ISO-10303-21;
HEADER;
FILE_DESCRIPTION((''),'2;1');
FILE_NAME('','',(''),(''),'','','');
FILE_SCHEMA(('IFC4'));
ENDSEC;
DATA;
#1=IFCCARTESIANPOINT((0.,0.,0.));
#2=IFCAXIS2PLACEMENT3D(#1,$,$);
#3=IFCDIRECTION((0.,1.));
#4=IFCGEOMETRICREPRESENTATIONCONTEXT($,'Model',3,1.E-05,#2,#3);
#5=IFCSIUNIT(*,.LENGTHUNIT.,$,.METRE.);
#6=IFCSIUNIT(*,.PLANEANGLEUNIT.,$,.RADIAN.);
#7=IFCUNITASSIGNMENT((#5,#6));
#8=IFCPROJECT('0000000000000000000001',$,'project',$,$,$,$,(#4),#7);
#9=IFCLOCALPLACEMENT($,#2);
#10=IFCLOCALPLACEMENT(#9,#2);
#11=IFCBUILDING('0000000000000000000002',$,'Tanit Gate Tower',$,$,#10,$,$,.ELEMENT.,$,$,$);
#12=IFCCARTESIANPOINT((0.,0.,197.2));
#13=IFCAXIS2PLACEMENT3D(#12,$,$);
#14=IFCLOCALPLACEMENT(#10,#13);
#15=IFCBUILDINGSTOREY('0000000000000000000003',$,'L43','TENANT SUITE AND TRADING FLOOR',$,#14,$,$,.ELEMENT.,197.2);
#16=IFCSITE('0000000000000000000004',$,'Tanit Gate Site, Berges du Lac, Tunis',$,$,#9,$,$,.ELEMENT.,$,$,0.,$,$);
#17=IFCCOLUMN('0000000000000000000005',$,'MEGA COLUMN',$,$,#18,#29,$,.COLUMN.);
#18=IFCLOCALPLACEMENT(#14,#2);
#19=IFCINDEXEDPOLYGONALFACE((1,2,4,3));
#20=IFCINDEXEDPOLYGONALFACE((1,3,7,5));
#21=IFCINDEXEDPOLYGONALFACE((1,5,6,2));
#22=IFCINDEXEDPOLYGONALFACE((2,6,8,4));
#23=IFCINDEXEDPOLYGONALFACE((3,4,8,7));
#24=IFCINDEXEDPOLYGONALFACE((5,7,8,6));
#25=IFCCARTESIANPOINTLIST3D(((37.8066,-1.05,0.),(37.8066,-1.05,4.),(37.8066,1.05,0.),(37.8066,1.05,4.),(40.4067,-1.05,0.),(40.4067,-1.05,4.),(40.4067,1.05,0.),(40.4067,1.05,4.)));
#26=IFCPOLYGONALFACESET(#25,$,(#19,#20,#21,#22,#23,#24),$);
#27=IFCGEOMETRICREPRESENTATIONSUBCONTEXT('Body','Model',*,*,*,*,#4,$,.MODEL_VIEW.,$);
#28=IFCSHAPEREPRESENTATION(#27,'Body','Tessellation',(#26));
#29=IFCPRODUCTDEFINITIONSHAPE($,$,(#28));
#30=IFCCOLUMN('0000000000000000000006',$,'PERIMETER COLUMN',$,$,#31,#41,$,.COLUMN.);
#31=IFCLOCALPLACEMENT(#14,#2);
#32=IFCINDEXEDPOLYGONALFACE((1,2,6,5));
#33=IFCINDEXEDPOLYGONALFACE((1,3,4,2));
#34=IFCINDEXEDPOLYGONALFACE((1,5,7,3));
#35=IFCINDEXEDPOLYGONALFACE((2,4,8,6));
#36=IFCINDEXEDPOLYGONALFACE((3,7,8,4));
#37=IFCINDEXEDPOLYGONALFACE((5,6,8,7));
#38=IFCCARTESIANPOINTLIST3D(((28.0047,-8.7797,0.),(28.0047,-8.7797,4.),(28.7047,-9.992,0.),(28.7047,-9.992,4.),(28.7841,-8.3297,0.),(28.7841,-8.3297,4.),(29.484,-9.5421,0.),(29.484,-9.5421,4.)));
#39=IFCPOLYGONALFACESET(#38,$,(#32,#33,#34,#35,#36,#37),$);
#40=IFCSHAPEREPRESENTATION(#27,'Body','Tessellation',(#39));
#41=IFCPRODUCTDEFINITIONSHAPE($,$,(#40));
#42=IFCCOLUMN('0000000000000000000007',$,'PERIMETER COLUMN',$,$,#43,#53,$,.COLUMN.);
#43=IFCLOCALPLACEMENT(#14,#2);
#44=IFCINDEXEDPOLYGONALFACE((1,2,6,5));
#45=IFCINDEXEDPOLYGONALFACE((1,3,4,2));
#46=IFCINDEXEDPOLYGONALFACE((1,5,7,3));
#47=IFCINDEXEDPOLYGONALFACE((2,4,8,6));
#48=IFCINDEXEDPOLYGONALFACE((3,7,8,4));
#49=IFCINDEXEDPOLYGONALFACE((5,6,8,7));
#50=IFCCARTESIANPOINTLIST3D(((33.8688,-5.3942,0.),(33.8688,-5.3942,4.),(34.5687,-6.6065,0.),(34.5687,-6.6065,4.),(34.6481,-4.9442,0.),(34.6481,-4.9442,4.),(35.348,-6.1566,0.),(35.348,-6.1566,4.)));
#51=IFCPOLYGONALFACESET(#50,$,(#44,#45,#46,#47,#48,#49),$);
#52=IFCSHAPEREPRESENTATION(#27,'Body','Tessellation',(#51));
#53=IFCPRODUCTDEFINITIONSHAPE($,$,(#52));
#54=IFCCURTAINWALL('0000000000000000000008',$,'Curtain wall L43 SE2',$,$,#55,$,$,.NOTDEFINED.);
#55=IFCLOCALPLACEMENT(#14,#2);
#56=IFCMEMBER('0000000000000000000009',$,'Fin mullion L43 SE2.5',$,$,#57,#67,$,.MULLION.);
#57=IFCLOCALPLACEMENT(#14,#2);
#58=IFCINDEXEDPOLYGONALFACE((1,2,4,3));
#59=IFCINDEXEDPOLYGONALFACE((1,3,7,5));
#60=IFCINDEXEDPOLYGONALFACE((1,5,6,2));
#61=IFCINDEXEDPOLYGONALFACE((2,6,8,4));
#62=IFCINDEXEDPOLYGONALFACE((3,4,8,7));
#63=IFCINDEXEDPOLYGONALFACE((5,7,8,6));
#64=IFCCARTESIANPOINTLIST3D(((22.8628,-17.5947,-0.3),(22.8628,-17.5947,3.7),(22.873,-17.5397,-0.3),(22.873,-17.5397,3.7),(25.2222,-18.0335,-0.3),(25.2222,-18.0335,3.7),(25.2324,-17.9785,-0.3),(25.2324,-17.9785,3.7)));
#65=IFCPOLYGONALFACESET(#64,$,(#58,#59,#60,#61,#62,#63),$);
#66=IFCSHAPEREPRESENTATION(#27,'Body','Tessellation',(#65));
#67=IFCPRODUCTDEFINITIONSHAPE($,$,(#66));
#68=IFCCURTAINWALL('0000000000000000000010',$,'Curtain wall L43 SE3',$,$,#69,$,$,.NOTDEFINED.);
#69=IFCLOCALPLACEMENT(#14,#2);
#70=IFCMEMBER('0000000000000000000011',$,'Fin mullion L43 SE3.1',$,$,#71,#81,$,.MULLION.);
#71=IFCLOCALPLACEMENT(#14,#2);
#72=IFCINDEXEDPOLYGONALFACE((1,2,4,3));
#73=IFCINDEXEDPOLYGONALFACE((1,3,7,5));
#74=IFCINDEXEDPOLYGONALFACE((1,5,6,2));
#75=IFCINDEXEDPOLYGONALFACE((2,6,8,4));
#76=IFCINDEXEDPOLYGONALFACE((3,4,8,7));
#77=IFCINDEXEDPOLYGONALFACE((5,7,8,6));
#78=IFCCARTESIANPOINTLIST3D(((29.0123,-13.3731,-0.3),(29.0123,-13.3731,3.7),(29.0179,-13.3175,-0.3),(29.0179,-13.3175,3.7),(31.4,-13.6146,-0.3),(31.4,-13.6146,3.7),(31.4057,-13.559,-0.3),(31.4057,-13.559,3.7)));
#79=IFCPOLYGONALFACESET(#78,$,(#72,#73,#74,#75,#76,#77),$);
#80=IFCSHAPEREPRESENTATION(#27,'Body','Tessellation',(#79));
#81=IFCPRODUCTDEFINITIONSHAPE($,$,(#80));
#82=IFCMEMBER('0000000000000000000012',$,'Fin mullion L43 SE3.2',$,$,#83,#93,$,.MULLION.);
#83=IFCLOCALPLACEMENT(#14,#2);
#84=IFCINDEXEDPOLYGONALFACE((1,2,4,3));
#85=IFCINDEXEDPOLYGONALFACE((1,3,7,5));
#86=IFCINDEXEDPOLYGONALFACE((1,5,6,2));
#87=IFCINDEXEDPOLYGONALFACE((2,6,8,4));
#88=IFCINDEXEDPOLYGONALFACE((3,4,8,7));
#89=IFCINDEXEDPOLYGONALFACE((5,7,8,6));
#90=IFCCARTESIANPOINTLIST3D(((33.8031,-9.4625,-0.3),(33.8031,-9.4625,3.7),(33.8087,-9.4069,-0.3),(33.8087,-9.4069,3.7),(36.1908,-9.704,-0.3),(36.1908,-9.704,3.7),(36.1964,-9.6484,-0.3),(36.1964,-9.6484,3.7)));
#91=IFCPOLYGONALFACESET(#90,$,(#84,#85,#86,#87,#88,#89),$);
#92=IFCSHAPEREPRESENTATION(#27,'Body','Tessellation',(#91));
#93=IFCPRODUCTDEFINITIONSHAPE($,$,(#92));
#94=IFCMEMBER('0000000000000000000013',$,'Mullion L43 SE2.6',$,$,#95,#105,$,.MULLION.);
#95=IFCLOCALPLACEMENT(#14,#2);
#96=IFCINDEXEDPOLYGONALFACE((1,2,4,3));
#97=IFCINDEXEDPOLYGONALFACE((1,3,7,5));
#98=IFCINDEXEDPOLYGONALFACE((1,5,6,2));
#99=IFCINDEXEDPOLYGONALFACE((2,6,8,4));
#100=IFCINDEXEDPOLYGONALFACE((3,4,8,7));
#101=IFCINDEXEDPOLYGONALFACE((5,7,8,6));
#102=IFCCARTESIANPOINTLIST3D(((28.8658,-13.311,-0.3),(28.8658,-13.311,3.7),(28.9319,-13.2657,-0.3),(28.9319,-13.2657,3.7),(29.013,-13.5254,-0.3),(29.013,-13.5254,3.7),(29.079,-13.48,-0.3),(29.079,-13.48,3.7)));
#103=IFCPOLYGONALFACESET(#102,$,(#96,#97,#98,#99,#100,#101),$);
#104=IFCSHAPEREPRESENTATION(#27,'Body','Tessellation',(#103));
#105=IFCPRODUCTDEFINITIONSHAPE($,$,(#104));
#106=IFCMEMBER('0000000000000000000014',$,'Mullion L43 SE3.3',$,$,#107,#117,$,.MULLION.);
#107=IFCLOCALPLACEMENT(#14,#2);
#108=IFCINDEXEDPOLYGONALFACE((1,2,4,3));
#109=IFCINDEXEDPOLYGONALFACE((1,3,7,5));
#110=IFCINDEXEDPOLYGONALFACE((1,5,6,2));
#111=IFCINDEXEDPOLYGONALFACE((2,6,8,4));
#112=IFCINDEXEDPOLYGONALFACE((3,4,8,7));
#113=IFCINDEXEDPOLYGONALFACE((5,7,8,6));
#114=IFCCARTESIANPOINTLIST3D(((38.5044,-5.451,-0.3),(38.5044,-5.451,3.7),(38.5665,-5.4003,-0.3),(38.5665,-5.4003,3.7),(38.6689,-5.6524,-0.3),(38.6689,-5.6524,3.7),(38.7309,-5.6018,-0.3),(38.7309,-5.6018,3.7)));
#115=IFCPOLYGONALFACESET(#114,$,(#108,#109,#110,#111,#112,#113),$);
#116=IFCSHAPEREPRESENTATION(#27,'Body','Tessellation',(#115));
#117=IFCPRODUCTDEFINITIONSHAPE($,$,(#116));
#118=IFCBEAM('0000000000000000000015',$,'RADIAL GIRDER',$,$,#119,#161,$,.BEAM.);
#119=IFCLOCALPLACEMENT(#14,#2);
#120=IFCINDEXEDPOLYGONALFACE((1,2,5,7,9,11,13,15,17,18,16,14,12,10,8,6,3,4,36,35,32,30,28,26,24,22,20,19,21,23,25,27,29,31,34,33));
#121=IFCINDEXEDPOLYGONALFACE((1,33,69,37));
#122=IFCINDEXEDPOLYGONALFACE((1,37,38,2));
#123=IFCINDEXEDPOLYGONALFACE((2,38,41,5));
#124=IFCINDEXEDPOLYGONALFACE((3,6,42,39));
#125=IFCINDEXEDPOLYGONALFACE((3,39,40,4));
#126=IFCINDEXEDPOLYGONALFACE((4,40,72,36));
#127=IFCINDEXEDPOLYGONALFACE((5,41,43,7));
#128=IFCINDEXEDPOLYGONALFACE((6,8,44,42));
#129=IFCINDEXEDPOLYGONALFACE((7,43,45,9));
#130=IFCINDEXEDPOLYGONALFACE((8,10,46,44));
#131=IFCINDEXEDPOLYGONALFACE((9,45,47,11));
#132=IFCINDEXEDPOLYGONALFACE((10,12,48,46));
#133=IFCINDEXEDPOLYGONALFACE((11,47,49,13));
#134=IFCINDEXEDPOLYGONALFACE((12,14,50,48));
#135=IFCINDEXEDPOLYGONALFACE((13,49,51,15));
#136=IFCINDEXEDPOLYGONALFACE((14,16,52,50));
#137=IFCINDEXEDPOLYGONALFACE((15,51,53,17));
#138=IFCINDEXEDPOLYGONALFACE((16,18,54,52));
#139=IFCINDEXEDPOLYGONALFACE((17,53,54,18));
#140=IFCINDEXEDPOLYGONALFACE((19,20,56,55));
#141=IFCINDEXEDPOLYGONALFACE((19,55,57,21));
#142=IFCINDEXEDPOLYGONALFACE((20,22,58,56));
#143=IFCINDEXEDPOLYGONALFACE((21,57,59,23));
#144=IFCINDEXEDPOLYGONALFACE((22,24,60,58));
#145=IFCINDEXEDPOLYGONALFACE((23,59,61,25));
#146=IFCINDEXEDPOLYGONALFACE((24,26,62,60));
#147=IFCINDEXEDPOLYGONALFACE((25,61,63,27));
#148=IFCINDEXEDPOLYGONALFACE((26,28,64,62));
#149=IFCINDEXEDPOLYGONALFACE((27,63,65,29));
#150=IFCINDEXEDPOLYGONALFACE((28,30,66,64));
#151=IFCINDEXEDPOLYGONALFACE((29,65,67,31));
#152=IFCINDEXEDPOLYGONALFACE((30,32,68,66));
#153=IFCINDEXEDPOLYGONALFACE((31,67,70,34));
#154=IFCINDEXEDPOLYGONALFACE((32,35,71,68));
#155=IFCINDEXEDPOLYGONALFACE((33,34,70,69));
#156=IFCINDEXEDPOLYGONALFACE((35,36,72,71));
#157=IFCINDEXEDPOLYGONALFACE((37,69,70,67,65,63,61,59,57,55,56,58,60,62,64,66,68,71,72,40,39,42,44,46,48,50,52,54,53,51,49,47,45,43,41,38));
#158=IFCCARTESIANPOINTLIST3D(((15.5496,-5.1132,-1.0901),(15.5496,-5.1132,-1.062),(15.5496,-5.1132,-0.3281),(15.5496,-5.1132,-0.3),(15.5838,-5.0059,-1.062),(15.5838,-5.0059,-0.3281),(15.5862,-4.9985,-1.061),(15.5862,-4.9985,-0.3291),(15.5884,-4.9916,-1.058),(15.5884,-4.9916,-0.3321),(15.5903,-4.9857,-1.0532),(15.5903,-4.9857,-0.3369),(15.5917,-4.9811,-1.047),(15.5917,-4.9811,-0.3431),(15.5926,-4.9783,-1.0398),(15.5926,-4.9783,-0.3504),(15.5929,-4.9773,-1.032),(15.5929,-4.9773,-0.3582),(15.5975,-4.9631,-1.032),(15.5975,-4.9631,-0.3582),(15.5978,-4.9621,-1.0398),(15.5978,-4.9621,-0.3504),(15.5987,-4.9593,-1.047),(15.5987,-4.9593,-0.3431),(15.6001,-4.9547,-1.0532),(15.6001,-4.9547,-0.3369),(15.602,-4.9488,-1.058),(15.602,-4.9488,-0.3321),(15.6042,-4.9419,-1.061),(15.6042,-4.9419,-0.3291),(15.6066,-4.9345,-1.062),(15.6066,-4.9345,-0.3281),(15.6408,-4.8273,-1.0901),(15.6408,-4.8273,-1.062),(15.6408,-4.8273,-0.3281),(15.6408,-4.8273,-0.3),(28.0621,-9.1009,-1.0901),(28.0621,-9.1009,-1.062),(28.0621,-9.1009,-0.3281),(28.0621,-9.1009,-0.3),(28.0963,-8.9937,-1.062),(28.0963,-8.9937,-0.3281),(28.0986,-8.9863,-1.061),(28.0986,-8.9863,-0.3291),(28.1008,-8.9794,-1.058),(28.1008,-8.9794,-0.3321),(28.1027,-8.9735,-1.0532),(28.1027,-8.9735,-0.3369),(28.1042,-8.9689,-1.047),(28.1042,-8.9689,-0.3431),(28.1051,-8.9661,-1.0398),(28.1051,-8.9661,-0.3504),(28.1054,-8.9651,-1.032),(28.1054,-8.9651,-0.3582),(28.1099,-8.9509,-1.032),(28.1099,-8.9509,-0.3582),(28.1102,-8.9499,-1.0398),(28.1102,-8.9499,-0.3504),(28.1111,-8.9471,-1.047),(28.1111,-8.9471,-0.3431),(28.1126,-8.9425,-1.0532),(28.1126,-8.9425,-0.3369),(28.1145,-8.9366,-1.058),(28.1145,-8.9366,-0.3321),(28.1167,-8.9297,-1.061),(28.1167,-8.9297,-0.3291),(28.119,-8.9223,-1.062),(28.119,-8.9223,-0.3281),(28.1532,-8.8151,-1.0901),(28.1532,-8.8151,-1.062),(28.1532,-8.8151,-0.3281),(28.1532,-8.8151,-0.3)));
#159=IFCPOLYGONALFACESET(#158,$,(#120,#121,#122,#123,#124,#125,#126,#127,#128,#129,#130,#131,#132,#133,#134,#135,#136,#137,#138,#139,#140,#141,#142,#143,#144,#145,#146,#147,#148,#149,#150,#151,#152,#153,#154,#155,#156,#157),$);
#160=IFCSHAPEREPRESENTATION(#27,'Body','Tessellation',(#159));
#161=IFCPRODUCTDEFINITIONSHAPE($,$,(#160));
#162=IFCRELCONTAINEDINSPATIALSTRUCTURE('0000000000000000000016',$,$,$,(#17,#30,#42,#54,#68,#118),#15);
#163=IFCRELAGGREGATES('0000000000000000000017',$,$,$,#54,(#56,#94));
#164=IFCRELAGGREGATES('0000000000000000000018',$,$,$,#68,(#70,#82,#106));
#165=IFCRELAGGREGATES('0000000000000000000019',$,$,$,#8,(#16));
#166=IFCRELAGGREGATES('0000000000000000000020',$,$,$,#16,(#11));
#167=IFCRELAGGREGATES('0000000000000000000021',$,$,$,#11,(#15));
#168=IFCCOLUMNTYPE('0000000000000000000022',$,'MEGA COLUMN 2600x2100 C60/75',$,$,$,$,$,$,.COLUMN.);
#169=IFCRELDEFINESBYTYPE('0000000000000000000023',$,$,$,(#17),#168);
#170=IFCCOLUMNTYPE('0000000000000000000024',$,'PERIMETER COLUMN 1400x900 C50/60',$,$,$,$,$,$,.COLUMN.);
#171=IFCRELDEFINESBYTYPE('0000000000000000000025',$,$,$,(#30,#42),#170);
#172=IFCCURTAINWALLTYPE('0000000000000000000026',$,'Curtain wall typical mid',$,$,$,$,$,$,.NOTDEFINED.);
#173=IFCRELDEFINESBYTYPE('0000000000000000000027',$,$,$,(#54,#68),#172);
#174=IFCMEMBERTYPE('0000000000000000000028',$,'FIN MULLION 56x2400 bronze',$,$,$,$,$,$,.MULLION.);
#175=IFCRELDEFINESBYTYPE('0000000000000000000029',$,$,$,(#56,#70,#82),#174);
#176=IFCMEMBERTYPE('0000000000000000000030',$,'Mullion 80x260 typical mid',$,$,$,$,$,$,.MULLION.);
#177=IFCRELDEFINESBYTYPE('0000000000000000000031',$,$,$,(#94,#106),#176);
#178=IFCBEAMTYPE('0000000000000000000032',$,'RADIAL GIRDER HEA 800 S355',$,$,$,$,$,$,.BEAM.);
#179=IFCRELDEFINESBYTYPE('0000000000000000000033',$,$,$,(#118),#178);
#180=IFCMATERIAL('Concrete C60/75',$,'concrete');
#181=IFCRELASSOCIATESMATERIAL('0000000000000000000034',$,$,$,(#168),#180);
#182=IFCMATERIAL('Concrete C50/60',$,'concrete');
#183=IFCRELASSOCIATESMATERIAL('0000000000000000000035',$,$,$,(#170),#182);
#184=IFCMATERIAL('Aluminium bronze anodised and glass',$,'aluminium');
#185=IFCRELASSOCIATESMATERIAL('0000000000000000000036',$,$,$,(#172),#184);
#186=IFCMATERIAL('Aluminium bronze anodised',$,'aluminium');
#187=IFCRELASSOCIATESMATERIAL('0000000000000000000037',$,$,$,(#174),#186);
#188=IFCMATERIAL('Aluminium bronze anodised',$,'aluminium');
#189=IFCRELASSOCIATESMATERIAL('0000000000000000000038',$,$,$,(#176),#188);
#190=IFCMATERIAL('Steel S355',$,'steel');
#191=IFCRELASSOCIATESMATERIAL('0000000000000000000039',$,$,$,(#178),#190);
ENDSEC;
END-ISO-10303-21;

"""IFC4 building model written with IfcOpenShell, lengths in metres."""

from ifc_helpers import new_model, si_unit, direction, frame, origin, origin_2d, place, context, subcontext, project, spatial, rectangle, i_section, extrude, material, material_profile, profile_set, type_object, element, aggregate, save


model = new_model("IFC4")

# Units and contexts
model_context = context("Model", 3, precision=1e-05, world=origin(), true_north=direction((0.0, 1.0)))
body_context = subcontext(model_context, "Body", "Model", "MODEL_VIEW")
ifc_project = project(units=[si_unit("LENGTHUNIT", "METRE"), si_unit("PLANEANGLEUNIT", "RADIAN")], contexts=[model_context])

# Site, building, storey
site_placement = place(None, origin())
site = spatial("IfcSite", under=ifc_project, at=site_placement, Name="Tanit Gate Site, Berges du Lac, Tunis", CompositionType="ELEMENT", RefElevation=0.0)
building_placement = place(site_placement, origin())
building = spatial("IfcBuilding", under=site, at=building_placement, Name="Tanit Gate Tower", CompositionType="ELEMENT")
storey_placement = place(building_placement, frame((0.0, 0.0, 197.2)))
storey = spatial("IfcBuildingStorey", under=building, at=storey_placement, Name="L43", Description="TENANT SUITE AND TRADING FLOOR", CompositionType="ELEMENT", Elevation=197.2)

# Columns
ifc_material_1 = material(Name="Concrete C60/75", Category="concrete")
ifc_material_profile_1 = material_profile(ifc_material_1, rectangle(XDim=2.6001, YDim=2.1001, at=origin_2d()), Name="RC 2600x2100")
ifc_profile_set_1 = profile_set([ifc_material_profile_1], Name="Concrete C60/75")
column_type_1 = type_object("IfcColumnType", Name="MEGA COLUMN 2600x2100 C60/75", PredefinedType="COLUMN", material=ifc_profile_set_1)
column_placement = place(storey_placement, frame((39.1067, 0.0, 0.0), z_axis=(0.0, 0.0, 1.0), x_axis=(1.0, 0.0, 0.0)))
element("IfcColumn", 1, at=column_placement, inside=storey, type_object=column_type_1, Name="MEGA COLUMN", PredefinedType="COLUMN", context=body_context, shape_type="SweptSolid", body=[
    extrude(rectangle(XDim=2.6001, YDim=2.1001, at=origin_2d()), origin(), (0.0, 0.0, 1.0), 4.0),
])
ifc_material_2 = material(Name="Concrete C50/60", Category="concrete")
ifc_material_profile_2 = material_profile(ifc_material_2, rectangle(XDim=1.3999, YDim=0.8999, at=origin_2d()), Name="RC 1400x900")
ifc_profile_set_2 = profile_set([ifc_material_profile_2], Name="Concrete C50/60")
column_type_2 = type_object("IfcColumnType", Name="PERIMETER COLUMN 1400x900 C50/60", PredefinedType="COLUMN", material=ifc_profile_set_2)
for number, where, z_axis, x_axis, name in (
    (2, (28.7444, -9.1609, 0.0), (0.0, 0.0, 1.0), (0.5, -0.866025, 0.0), "PERIMETER COLUMN"),
    (3, (34.6084, -5.7754, 0.0), (0.0, 0.0, 1.0), (0.5, -0.866025, 0.0), "PERIMETER COLUMN"),
):
    element("IfcColumn", number, at=place(storey_placement, frame(where, z_axis=z_axis, x_axis=x_axis)), inside=storey, type_object=column_type_2, Name=name, PredefinedType="COLUMN", context=body_context, shape_type="SweptSolid", body=[
        extrude(rectangle(XDim=1.3999, YDim=0.8999, at=origin_2d()), origin(), (0.0, 0.0, 1.0), 4.0),
    ])

# Curtain wall, member
ifc_material_3 = material(Name="Aluminium bronze anodised and glass", Category="aluminium")
curtain_wall_type = type_object("IfcCurtainWallType", Name="Curtain wall typical mid", PredefinedType="NOTDEFINED", material=ifc_material_3)
curtain_wall_1_placement = place(storey_placement, origin())
curtain_wall_1 = element("IfcCurtainWall", 4, at=curtain_wall_1_placement, inside=storey, type_object=curtain_wall_type, Name="Curtain wall L43 SE2", PredefinedType="NOTDEFINED")
ifc_material_4 = material(Name="Aluminium bronze anodised", Category="aluminium")
ifc_material_profile_3 = material_profile(ifc_material_4, rectangle(XDim=2.3999, YDim=0.0559, at=origin_2d()), Name="56x2400 bronze fin mullion")
ifc_profile_set_3 = profile_set([ifc_material_profile_3], Name="Aluminium bronze anodised")
member_type_1 = type_object("IfcMemberType", Name="FIN MULLION 56x2400 bronze", PredefinedType="MULLION", material=ifc_profile_set_3)
member_1_placement = place(storey_placement, frame((24.0476, -17.7866, -0.3), z_axis=(0.0, 0.0, 1.0), x_axis=(-0.983141, 0.182847, 0.0)))
member_1 = element("IfcMember", 5, at=member_1_placement, type_object=member_type_1, Name="Fin mullion L43 SE2.5", PredefinedType="MULLION", context=body_context, shape_type="SweptSolid", body=[
    extrude(rectangle(XDim=2.3999, YDim=0.0559, at=origin_2d()), origin(), (0.0, 0.0, 1.0), 4.0),
])

# Curtain wall, members
curtain_wall_2_placement = place(storey_placement, origin())
curtain_wall_2 = element("IfcCurtainWall", 6, at=curtain_wall_2_placement, inside=storey, type_object=curtain_wall_type, Name="Curtain wall L43 SE3", PredefinedType="NOTDEFINED")
member_2_placement = place(storey_placement, frame((30.209, -13.4661, -0.3), z_axis=(0.0, 0.0, 1.0), x_axis=(-0.994923, 0.100634, 0.0)))
member_2 = element("IfcMember", 7, at=member_2_placement, type_object=member_type_1, Name="Fin mullion L43 SE3.1", PredefinedType="MULLION", context=body_context, shape_type="SweptSolid", body=[
    extrude(rectangle(XDim=2.3999, YDim=0.0559, at=origin_2d()), origin(), (0.0, 0.0, 1.0), 4.0),
])
member_3_placement = place(storey_placement, frame((34.9998, -9.5554, -0.3), z_axis=(0.0, 0.0, 1.0), x_axis=(-0.994923, 0.100634, 0.0)))
member_3 = element("IfcMember", 8, at=member_3_placement, type_object=member_type_1, Name="Fin mullion L43 SE3.2", PredefinedType="MULLION", context=body_context, shape_type="SweptSolid", body=[
    extrude(rectangle(XDim=2.3999, YDim=0.0559, at=origin_2d()), origin(), (0.0, 0.0, 1.0), 4.0),
])

# Members
ifc_material_5 = material(Name="Aluminium bronze anodised", Category="aluminium")
ifc_material_profile_4 = material_profile(ifc_material_5, rectangle(XDim=0.26, YDim=0.0801, at=origin_2d()), Name="80x260 bronze mullion")
ifc_profile_set_4 = profile_set([ifc_material_profile_4], Name="Aluminium bronze anodised")
member_type_2 = type_object("IfcMemberType", Name="Mullion 80x260 typical mid", PredefinedType="MULLION", material=ifc_profile_set_4)
member_4_placement = place(storey_placement, frame((28.9724, -13.3955, -0.3), z_axis=(0.0, 0.0, 1.0), x_axis=(-0.565893, 0.824479, 0.0)))
member_4 = element("IfcMember", 9, at=member_4_placement, type_object=member_type_2, Name="Mullion L43 SE2.6", PredefinedType="MULLION", context=body_context, shape_type="SweptSolid", body=[
    extrude(rectangle(XDim=0.26, YDim=0.0801, at=origin_2d()), origin(), (0.0, 0.0, 1.0), 4.0),
])
member_5_placement = place(storey_placement, frame((38.6177, -5.5264, -0.3), z_axis=(0.0, 0.0, 1.0), x_axis=(-0.632358, 0.774676, 0.0)))
member_5 = element("IfcMember", 10, at=member_5_placement, type_object=member_type_2, Name="Mullion L43 SE3.3", PredefinedType="MULLION", context=body_context, shape_type="SweptSolid", body=[
    extrude(rectangle(XDim=0.26, YDim=0.0801, at=origin_2d()), origin(), (0.0, 0.0, 1.0), 4.0),
])

# Beam
ifc_material_6 = material(Name="Steel S355", Category="steel")
ifc_material_profile_5 = material_profile(ifc_material_6, i_section(OverallWidth=0.3, OverallDepth=0.79, WebThickness=0.0149, FlangeThickness=0.0281, FilletRadius=0.03, at=origin_2d()), Name="HEA 800")
ifc_profile_set_5 = profile_set([ifc_material_profile_5], Name="Steel S355")
beam_type_1 = type_object("IfcBeamType", Name="RADIAL GIRDER HEA 800 S355", PredefinedType="BEAM", material=ifc_profile_set_5)
beam_1_placement = place(storey_placement, frame((28.1077, -8.958, -0.6951), z_axis=(-0.952781, 0.303657, 0.0), x_axis=(-0.303657, -0.952781, 0.0)))
element("IfcBeam", 11, at=beam_1_placement, inside=storey, type_object=beam_type_1, Name="RADIAL GIRDER", PredefinedType="BEAM", context=body_context, shape_type="SweptSolid", body=[
    extrude(i_section(OverallWidth=0.3, OverallDepth=0.79, WebThickness=0.0149, FlangeThickness=0.0281, FilletRadius=0.03, at=origin_2d()), origin(), (0.0, 0.0, 1.0), 13.1326),
])

aggregate(curtain_wall_1, [member_1, member_4])
aggregate(curtain_wall_2, [member_2, member_3, member_5])

save(model, "model.ifc")
